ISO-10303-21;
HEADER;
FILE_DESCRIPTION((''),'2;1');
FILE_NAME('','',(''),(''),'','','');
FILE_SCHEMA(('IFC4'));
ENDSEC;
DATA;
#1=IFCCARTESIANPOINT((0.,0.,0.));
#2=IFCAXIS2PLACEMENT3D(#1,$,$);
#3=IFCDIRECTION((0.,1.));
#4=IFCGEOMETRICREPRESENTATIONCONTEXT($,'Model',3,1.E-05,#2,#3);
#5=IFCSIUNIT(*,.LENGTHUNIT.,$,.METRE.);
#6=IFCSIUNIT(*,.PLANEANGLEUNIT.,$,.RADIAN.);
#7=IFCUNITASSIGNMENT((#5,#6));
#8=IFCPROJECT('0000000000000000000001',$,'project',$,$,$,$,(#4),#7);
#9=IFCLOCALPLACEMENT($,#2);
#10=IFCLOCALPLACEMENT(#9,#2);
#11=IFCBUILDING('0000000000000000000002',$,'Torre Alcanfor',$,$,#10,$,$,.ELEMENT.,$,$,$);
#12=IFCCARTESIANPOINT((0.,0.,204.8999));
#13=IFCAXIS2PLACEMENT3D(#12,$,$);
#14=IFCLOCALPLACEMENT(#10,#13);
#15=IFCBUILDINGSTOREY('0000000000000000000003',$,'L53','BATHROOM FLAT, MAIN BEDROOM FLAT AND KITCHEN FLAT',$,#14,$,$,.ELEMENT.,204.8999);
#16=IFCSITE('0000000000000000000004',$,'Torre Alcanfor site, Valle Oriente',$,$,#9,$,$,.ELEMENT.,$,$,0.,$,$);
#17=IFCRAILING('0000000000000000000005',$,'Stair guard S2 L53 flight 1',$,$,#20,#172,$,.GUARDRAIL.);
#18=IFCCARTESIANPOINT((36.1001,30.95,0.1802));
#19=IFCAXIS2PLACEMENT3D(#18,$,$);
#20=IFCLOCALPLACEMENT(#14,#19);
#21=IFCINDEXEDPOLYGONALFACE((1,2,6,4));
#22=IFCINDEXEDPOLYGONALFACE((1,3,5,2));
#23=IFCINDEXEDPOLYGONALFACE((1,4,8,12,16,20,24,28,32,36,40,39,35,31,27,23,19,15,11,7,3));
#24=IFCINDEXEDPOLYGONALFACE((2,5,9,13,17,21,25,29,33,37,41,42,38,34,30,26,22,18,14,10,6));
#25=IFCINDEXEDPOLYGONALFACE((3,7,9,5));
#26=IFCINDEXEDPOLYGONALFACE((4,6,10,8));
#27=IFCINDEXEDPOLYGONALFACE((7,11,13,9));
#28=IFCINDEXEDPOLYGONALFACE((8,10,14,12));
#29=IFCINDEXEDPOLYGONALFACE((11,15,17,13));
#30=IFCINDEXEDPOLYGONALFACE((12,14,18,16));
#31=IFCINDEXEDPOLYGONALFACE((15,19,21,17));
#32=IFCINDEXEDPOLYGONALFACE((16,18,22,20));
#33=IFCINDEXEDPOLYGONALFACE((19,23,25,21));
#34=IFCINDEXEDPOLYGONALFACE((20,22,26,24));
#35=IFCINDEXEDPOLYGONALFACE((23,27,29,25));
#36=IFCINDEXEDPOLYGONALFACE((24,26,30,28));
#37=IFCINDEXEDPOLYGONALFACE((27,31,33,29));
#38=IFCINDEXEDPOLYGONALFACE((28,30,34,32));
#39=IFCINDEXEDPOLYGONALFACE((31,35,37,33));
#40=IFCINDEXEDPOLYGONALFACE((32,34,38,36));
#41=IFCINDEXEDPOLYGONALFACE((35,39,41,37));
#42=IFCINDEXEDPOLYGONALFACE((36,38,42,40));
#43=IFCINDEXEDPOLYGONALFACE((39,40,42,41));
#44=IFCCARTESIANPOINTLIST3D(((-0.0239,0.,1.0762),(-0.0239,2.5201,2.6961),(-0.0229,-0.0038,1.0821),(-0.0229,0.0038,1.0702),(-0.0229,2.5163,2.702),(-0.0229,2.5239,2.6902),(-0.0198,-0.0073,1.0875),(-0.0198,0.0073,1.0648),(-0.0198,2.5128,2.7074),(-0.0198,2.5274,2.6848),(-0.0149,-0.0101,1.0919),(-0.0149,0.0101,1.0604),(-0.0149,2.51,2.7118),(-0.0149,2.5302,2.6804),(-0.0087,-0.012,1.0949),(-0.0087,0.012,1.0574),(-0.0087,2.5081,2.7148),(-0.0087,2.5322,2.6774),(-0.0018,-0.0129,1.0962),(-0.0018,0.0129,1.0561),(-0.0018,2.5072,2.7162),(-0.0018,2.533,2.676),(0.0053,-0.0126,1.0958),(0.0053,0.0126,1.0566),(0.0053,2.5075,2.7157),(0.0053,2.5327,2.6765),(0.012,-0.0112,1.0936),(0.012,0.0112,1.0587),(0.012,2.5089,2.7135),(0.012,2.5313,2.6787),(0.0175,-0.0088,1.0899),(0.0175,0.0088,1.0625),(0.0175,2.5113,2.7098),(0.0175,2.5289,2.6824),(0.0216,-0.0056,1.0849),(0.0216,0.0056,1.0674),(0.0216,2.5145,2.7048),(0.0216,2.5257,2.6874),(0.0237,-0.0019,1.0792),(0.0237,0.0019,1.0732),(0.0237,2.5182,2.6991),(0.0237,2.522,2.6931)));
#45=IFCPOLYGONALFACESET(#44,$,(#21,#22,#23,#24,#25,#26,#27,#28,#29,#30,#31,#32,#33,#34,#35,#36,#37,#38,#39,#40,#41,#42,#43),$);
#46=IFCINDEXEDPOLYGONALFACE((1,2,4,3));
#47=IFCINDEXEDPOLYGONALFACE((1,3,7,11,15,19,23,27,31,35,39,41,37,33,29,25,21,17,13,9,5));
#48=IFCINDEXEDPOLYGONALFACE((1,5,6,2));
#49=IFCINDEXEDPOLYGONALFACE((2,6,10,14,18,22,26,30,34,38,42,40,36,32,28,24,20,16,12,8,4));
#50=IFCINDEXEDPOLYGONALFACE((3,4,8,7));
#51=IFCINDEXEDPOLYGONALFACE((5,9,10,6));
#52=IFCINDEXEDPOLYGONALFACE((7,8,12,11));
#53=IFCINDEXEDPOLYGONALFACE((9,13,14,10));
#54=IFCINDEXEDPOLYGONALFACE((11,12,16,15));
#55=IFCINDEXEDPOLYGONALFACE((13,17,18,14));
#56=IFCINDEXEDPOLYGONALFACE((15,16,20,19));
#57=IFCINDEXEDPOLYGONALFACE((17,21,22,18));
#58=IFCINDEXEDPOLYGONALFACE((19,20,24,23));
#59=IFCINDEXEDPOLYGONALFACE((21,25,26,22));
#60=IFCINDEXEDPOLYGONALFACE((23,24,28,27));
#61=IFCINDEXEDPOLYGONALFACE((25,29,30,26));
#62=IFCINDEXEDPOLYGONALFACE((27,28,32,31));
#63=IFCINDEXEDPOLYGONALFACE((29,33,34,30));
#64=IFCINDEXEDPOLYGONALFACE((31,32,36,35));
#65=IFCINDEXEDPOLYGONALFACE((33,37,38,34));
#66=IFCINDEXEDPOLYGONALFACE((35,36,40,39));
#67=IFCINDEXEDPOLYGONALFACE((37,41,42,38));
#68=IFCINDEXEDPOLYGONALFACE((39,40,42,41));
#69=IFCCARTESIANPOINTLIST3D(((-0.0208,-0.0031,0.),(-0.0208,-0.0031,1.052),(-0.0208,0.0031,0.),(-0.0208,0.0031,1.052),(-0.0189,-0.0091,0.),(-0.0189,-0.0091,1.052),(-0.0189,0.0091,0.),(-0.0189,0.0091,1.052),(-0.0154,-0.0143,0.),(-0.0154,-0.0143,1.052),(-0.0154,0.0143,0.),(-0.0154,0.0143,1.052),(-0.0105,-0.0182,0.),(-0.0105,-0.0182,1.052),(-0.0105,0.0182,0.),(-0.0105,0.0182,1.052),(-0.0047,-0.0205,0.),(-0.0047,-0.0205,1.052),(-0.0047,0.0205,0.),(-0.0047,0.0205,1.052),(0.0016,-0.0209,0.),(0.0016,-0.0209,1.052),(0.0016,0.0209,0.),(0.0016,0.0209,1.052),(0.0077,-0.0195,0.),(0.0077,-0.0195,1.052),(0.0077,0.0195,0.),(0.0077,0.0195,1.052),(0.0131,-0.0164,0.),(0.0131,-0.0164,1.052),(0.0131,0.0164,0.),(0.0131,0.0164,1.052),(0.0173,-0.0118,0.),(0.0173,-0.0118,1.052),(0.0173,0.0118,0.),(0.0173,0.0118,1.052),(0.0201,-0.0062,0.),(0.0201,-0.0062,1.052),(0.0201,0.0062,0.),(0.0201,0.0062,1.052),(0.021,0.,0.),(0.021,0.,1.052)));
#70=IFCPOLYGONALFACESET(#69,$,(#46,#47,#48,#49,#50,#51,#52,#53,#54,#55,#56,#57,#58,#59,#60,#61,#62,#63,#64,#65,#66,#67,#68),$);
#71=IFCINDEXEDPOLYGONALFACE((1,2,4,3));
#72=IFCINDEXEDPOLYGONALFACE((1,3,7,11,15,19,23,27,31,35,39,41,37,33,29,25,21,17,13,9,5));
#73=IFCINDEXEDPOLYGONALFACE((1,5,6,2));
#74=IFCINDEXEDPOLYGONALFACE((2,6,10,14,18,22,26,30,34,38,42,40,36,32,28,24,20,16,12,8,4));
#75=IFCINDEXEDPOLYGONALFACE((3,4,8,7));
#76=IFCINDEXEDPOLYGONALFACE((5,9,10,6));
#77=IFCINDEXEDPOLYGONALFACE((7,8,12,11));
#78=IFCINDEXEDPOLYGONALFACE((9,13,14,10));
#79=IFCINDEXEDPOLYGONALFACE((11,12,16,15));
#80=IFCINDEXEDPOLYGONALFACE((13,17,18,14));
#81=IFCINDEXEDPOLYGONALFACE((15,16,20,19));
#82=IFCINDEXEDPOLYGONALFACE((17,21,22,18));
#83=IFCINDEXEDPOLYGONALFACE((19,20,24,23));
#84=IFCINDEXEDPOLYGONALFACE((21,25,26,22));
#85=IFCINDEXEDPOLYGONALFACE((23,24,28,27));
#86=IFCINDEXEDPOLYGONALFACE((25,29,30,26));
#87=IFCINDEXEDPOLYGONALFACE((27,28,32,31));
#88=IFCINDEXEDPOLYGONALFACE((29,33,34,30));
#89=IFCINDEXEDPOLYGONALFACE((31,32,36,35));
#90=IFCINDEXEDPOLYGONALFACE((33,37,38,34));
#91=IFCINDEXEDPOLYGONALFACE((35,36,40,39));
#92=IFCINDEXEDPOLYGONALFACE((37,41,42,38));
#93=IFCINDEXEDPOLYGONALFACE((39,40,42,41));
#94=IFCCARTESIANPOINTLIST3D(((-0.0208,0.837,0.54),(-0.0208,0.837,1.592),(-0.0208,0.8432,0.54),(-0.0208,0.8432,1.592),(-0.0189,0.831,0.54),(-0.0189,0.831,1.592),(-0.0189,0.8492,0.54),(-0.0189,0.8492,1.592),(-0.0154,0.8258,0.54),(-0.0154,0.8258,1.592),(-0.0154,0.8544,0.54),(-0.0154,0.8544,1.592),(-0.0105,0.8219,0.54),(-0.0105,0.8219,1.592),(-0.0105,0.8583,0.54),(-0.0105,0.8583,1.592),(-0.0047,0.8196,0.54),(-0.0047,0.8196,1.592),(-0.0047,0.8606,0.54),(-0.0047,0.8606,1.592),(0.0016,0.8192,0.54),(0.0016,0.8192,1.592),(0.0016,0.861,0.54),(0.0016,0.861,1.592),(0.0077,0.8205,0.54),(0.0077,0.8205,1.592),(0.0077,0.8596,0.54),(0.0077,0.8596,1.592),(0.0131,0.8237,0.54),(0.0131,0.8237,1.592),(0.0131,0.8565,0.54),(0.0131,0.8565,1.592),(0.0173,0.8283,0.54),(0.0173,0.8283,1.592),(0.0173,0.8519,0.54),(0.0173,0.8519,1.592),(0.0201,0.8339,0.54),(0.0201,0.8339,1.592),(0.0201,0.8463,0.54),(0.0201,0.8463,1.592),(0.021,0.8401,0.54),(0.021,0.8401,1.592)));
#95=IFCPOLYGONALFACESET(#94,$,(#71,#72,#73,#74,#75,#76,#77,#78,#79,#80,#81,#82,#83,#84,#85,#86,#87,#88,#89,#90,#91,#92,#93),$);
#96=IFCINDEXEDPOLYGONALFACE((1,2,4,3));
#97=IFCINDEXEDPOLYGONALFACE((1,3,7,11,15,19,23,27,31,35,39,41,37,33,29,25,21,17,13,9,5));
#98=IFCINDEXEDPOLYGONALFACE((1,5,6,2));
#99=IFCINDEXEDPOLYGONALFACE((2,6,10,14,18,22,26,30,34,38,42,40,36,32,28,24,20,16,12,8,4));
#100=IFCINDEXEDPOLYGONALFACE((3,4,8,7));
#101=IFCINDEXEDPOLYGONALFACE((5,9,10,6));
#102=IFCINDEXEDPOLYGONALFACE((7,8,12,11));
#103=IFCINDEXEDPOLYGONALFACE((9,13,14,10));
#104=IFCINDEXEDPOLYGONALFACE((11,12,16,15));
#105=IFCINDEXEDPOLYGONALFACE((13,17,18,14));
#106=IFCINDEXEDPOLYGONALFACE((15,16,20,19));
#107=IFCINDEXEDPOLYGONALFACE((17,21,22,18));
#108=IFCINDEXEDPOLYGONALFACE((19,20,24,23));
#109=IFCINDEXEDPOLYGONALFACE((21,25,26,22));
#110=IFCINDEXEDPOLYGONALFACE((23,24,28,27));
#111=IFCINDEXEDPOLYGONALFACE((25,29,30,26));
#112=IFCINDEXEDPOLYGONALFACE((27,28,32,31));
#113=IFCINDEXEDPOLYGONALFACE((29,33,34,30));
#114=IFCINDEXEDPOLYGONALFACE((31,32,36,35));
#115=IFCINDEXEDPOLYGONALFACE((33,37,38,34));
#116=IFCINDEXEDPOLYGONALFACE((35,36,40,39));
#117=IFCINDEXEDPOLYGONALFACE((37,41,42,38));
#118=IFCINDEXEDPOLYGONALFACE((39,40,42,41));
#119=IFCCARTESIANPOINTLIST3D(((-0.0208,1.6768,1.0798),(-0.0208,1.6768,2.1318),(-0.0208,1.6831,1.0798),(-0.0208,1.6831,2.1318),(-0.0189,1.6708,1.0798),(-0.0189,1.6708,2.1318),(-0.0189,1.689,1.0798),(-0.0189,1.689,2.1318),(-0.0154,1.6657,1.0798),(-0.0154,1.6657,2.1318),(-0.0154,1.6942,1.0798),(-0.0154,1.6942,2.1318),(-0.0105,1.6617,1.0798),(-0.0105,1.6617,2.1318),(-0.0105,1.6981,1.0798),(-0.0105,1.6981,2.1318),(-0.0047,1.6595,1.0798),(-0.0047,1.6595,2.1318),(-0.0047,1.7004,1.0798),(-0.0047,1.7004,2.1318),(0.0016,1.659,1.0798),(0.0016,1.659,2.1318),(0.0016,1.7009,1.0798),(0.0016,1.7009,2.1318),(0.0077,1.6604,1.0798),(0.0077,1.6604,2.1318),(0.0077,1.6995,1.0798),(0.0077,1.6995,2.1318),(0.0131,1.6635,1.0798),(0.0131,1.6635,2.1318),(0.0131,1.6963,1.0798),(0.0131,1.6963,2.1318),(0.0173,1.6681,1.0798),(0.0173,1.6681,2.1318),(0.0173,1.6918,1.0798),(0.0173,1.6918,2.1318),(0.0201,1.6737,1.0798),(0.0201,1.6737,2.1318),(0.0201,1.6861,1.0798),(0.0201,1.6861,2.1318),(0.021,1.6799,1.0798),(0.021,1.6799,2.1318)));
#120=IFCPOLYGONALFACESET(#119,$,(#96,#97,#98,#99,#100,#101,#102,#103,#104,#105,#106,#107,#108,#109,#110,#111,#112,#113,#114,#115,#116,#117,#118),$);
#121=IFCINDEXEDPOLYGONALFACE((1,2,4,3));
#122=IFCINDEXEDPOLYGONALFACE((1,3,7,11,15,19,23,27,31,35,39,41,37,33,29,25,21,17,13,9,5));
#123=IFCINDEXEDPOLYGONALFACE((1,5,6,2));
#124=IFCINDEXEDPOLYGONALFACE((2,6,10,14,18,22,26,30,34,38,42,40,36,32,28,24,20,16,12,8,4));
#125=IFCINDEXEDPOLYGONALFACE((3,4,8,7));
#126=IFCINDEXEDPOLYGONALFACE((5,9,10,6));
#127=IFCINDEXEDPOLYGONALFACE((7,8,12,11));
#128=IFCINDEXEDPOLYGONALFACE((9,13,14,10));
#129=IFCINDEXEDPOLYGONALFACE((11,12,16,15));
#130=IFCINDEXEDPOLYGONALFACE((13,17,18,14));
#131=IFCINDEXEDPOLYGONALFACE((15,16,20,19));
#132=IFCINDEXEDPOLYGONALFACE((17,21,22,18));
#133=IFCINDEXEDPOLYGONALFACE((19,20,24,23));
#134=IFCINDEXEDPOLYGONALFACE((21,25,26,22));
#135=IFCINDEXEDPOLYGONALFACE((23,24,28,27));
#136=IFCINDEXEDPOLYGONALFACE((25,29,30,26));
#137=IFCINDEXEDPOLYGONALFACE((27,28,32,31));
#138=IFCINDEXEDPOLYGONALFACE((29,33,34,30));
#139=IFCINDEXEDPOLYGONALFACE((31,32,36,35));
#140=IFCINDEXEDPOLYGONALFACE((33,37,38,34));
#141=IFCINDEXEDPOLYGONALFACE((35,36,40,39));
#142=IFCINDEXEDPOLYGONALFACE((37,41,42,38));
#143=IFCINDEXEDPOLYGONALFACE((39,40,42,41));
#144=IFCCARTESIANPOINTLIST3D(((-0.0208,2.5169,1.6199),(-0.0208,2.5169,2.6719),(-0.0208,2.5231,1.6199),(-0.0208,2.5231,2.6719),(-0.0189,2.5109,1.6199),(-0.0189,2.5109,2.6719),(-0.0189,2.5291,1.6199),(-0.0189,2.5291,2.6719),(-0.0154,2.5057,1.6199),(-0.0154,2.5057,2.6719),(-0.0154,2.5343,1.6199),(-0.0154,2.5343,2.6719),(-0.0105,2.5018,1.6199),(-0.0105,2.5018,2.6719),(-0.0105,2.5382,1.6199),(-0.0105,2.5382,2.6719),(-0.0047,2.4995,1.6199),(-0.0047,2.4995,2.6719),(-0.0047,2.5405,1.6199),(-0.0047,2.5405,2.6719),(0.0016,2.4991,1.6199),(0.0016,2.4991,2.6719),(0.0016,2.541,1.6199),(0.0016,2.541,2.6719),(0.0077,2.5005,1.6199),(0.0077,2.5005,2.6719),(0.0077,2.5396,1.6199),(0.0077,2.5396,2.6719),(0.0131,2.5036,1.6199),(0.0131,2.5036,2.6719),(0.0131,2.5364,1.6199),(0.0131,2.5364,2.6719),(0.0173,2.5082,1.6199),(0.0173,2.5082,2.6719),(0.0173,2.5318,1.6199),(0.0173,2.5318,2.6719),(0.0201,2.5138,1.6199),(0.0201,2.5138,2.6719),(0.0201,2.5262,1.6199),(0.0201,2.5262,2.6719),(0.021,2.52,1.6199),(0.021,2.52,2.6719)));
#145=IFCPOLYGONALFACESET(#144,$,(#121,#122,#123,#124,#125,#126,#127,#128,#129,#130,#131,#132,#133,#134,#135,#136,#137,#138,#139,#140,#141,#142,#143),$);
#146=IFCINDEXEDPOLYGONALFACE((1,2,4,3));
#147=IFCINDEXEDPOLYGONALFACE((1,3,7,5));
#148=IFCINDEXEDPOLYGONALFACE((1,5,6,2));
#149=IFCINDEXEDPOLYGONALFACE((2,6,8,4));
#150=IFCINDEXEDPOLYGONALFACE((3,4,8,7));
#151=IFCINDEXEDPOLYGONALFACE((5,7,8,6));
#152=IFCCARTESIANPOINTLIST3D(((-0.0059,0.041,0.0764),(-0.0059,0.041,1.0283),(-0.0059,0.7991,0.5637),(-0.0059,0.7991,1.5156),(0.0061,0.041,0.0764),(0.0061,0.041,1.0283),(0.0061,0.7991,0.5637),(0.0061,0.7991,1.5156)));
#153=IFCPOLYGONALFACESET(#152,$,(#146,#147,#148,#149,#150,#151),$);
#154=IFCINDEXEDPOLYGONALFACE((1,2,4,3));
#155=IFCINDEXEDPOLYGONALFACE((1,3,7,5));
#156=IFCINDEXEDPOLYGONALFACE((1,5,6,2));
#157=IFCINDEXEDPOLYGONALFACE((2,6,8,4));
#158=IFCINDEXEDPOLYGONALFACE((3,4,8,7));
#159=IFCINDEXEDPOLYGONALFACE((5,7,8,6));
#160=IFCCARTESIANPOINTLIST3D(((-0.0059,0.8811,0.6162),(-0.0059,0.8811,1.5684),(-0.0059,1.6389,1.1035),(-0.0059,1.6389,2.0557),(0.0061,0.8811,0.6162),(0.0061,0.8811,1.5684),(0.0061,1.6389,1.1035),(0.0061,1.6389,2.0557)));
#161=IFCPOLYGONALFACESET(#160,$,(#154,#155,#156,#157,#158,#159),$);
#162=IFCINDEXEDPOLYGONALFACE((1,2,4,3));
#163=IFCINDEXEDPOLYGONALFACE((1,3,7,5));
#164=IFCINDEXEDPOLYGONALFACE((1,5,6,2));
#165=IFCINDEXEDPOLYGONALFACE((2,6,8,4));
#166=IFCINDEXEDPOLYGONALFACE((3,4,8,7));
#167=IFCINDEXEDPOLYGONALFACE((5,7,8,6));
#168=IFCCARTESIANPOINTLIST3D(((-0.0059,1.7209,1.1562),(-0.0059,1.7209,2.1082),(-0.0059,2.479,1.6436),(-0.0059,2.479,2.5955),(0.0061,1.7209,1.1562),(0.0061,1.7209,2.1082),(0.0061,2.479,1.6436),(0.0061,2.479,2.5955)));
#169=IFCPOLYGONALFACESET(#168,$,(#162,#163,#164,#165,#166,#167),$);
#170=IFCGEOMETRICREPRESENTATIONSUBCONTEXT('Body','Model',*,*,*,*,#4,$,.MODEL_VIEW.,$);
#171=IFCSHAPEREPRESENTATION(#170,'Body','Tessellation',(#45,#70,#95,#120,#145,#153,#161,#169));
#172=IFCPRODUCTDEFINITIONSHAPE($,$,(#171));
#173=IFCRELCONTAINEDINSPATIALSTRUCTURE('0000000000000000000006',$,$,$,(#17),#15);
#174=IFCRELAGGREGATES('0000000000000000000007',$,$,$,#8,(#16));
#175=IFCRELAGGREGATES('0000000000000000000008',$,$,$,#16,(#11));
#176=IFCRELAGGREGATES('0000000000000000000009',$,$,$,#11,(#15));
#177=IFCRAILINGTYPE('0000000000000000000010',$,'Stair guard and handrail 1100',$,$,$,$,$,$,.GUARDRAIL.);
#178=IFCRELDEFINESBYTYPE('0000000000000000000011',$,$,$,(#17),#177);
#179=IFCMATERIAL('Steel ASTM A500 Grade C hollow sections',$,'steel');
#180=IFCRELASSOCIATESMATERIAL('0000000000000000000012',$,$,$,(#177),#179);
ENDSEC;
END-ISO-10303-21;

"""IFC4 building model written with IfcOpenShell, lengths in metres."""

from ifc_helpers import new_model, si_unit, direction, frame, origin, origin_2d, place, context, subcontext, project, spatial, polyline, circle, outline, extrude, material, type_object, element, save


model = new_model("IFC4")

# Units and contexts
model_context = context("Model", 3, precision=1e-05, world=origin(), true_north=direction((0.0, 1.0)))
body_context = subcontext(model_context, "Body", "Model", "MODEL_VIEW")
ifc_project = project(units=[si_unit("LENGTHUNIT", "METRE"), si_unit("PLANEANGLEUNIT", "RADIAN")], contexts=[model_context])

# Site, building, storey
site_placement = place(None, origin())
site = spatial("IfcSite", under=ifc_project, at=site_placement, Name="Torre Alcanfor site, Valle Oriente", CompositionType="ELEMENT", RefElevation=0.0)
building_placement = place(site_placement, origin())
building = spatial("IfcBuilding", under=site, at=building_placement, Name="Torre Alcanfor", CompositionType="ELEMENT")
storey_placement = place(building_placement, frame((0.0, 0.0, 204.8999)))
storey = spatial("IfcBuildingStorey", under=building, at=storey_placement, Name="L53", Description="BATHROOM FLAT, MAIN BEDROOM FLAT AND KITCHEN FLAT", CompositionType="ELEMENT", Elevation=204.8999)

# Railing
ifc_material_1 = material(Name="Steel ASTM A500 Grade C hollow sections", Category="steel")
railing_type_1 = type_object("IfcRailingType", Name="Stair guard and handrail 1100", PredefinedType="GUARDRAIL", material=ifc_material_1)
railing_1_placement = place(storey_placement, frame((36.1001, 30.95, 0.1802)))
element("IfcRailing", 1, at=railing_1_placement, inside=storey, type_object=railing_type_1, Name="Stair guard S2 L53 flight 1", PredefinedType="GUARDRAIL", context=body_context, shape_type="SweptSolid", body=[
    extrude(circle(Radius=0.0239, at=origin_2d()), frame((0.0, 0.0, 1.0762), z_axis=(0.0, 0.8412, 0.540725), x_axis=(-1.0, 0.0, 0.0)), (0.0, 0.0, 1.0), 2.9958),
    extrude(circle(Radius=0.021, at=origin_2d()), origin(), (0.0, 0.0, 1.0), 1.052),
    extrude(circle(Radius=0.021, at=origin_2d()), frame((0.0, 0.8401, 0.54)), (0.0, 0.0, 1.0), 1.052),
    extrude(circle(Radius=0.021, at=origin_2d()), frame((0.0, 1.6799, 1.0798)), (0.0, 0.0, 1.0), 1.052),
    extrude(circle(Radius=0.021, at=origin_2d()), frame((0.0, 2.52, 1.6199)), (0.0, 0.0, 1.0), 1.052),
    extrude(outline(polyline([(0.041, 0.0764), (0.7991, 0.5637), (0.7991, 1.5156), (0.041, 1.0283), (0.041, 0.0764)])), frame((-0.0059, 0.0, 0.0), z_axis=(1.0, 0.0, 0.0), x_axis=(0.0, 1.0, 0.0)), (0.0, 0.0, 1.0), 0.012),
    extrude(outline(polyline([(0.8811, 0.6162), (1.6389, 1.1035), (1.6389, 2.0557), (0.8811, 1.5684), (0.8811, 0.6162)])), frame((-0.0059, 0.0, 0.0), z_axis=(1.0, 0.0, 0.0), x_axis=(0.0, 1.0, 0.0)), (0.0, 0.0, 1.0), 0.012),
    extrude(outline(polyline([(1.7209, 1.1562), (2.479, 1.6436), (2.479, 2.5955), (1.7209, 2.1082), (1.7209, 1.1562)])), frame((-0.0059, 0.0, 0.0), z_axis=(1.0, 0.0, 0.0), x_axis=(0.0, 1.0, 0.0)), (0.0, 0.0, 1.0), 0.012),
])

save(model, "model.ifc")
